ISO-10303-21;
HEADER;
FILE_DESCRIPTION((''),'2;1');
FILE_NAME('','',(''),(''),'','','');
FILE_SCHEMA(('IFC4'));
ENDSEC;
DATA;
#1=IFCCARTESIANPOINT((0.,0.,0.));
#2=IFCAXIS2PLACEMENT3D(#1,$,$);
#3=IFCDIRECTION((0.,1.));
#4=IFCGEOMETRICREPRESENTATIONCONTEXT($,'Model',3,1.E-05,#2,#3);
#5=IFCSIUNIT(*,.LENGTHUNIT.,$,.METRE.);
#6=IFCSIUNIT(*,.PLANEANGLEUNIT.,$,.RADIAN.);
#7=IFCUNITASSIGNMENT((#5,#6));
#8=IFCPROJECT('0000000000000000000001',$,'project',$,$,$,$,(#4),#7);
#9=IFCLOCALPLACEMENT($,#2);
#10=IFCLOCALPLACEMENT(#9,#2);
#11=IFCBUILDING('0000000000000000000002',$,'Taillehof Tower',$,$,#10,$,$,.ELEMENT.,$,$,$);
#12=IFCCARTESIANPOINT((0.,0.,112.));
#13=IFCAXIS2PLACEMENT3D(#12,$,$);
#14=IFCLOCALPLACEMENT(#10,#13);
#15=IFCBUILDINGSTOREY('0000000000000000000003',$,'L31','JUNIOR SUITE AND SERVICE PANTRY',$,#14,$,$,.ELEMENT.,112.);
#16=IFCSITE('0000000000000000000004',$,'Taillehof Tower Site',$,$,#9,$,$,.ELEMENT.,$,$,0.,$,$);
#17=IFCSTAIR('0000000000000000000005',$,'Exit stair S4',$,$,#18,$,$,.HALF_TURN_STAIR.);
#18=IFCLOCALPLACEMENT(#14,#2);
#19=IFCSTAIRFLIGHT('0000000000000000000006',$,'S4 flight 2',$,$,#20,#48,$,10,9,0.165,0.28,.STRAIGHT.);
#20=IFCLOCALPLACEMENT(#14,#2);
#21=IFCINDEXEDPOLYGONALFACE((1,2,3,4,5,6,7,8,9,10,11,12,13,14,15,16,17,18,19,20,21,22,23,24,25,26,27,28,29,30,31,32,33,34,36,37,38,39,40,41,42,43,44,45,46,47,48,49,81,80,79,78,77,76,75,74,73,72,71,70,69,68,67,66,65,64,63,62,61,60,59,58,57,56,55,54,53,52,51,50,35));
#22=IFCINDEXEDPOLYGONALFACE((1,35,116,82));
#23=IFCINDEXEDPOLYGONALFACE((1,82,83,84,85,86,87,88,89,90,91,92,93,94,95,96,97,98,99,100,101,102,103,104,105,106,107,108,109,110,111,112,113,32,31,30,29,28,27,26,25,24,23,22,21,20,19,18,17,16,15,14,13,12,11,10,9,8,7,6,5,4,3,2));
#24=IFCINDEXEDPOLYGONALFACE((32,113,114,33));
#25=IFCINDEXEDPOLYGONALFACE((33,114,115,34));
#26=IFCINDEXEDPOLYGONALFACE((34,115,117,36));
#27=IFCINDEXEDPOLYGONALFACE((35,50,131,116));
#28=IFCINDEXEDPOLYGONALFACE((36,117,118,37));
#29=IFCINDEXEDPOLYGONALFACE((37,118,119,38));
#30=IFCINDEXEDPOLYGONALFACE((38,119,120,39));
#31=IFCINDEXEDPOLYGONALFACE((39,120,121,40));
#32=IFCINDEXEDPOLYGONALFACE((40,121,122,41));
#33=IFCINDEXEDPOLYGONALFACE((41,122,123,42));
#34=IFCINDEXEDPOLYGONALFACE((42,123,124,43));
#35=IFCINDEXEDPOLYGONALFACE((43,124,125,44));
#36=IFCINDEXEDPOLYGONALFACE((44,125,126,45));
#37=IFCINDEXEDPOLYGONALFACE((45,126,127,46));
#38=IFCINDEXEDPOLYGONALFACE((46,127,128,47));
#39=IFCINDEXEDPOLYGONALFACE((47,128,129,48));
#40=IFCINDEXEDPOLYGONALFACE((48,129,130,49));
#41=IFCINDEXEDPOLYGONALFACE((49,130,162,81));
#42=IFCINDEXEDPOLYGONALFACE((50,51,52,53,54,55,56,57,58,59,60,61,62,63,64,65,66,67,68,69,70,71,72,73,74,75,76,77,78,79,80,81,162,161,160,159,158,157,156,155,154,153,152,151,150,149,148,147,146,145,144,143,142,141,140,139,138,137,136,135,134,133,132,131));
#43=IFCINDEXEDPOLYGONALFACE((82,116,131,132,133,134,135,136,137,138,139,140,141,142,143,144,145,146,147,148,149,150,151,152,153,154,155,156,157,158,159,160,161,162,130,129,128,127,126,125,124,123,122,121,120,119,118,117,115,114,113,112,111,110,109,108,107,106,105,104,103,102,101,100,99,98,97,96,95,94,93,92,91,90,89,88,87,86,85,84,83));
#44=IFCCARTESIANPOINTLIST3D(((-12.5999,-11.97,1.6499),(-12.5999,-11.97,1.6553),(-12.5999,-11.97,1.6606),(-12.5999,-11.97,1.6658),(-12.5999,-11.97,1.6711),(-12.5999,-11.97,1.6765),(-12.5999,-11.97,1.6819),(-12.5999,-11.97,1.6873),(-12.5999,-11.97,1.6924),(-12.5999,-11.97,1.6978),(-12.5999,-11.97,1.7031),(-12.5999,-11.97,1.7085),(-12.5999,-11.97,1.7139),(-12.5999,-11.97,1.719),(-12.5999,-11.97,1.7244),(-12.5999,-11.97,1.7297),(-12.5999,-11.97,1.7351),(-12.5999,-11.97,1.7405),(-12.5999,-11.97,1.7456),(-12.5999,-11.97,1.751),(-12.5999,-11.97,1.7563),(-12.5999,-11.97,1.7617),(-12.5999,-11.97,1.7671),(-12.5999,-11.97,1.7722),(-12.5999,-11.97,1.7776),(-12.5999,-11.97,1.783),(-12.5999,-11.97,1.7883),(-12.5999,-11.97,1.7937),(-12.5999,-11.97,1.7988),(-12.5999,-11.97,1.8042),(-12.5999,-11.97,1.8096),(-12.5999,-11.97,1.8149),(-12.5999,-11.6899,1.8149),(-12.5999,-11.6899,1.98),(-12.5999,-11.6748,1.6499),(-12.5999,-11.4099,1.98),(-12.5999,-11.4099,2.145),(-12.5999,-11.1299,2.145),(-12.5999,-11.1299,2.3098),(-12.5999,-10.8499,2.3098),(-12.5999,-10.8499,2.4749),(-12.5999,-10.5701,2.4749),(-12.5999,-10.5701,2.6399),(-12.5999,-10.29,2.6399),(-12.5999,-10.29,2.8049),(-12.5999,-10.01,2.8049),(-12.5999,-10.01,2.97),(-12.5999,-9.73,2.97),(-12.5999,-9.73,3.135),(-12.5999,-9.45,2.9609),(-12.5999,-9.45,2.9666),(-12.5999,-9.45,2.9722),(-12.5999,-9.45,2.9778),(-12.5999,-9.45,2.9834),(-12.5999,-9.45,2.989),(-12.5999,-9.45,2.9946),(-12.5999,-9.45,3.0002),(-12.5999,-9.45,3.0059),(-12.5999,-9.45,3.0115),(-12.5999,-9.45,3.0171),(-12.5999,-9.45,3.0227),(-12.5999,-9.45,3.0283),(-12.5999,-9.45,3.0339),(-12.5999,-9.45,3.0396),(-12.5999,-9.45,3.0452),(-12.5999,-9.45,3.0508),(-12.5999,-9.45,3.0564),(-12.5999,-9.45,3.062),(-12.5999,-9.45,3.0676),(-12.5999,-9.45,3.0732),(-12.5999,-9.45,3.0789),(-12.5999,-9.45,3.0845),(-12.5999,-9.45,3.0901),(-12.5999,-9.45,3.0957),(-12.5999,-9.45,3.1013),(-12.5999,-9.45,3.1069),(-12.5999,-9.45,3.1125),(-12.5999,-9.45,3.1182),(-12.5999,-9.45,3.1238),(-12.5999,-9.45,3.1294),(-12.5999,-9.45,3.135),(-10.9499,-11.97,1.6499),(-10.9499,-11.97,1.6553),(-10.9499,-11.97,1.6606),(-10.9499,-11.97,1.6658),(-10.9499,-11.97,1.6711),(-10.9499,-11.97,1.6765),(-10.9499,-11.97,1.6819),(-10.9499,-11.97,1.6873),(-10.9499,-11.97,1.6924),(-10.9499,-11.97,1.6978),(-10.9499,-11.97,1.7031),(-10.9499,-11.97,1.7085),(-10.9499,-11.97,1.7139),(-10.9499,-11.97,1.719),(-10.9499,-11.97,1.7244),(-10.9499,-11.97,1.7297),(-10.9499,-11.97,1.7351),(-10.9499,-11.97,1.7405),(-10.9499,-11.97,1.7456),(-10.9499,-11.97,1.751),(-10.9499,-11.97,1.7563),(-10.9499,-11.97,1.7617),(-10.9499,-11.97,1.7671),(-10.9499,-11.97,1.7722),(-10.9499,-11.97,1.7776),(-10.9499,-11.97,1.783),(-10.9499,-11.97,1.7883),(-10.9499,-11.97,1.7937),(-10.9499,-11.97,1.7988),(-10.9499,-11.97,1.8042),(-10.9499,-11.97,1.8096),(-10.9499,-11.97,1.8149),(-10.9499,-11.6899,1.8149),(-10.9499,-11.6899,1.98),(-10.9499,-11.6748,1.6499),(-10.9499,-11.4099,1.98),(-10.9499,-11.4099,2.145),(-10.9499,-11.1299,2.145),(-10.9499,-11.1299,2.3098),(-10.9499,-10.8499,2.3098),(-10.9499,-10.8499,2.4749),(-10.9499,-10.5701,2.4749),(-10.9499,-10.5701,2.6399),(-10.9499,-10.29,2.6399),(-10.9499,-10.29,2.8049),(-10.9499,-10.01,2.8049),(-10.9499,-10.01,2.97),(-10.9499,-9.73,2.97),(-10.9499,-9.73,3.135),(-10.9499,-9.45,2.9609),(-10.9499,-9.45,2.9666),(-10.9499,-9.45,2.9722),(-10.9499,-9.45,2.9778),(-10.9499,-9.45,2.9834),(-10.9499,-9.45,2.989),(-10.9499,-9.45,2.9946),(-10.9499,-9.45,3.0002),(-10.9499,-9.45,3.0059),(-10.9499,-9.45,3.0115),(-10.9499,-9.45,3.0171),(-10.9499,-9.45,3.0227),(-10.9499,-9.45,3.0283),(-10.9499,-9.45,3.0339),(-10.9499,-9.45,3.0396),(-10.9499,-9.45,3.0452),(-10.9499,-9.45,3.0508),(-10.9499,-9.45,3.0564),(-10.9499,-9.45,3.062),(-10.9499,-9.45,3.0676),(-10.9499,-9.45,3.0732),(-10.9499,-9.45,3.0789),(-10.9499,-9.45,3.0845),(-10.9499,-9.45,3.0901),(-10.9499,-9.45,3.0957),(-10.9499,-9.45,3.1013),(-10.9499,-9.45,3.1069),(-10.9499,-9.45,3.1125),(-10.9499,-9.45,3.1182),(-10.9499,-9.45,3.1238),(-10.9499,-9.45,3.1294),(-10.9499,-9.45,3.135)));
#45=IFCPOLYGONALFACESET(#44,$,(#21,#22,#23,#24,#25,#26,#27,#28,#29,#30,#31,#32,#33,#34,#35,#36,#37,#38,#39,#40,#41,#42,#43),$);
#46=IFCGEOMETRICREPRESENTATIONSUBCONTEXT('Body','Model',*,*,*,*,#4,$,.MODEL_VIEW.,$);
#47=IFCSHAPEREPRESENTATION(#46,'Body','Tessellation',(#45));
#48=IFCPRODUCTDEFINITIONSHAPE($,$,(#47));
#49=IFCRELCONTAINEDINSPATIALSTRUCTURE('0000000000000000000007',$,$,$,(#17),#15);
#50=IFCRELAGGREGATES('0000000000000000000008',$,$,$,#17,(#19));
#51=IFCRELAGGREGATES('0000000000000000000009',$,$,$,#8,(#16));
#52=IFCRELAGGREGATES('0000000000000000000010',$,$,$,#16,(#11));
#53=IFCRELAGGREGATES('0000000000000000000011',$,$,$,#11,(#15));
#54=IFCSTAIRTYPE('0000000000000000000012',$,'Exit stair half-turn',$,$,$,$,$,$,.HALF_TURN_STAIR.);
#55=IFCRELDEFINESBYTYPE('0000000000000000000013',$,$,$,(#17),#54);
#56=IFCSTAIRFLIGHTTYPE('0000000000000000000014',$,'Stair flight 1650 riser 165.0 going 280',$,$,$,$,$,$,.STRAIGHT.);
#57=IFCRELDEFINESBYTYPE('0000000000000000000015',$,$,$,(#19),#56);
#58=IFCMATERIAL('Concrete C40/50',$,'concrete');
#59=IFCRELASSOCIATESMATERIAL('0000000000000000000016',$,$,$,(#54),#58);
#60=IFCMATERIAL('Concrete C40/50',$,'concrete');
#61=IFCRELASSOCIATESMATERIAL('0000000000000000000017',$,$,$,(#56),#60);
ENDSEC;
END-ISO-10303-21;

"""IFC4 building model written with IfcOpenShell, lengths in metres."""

from ifc_helpers import new_model, si_unit, direction, frame, origin, place, context, subcontext, project, spatial, polyline, outline, extrude, material, type_object, element, aggregate, save


model = new_model("IFC4")

# Units and contexts
model_context = context("Model", 3, precision=1e-05, world=origin(), true_north=direction((0.0, 1.0)))
body_context = subcontext(model_context, "Body", "Model", "MODEL_VIEW")
ifc_project = project(units=[si_unit("LENGTHUNIT", "METRE"), si_unit("PLANEANGLEUNIT", "RADIAN")], contexts=[model_context])

# Site, building, storey
site_placement = place(None, origin())
site = spatial("IfcSite", under=ifc_project, at=site_placement, Name="Taillehof Tower Site", CompositionType="ELEMENT", RefElevation=0.0)
building_placement = place(site_placement, origin())
building = spatial("IfcBuilding", under=site, at=building_placement, Name="Taillehof Tower", CompositionType="ELEMENT")
storey_placement = place(building_placement, frame((0.0, 0.0, 112.0)))
storey = spatial("IfcBuildingStorey", under=building, at=storey_placement, Name="L31", Description="JUNIOR SUITE AND SERVICE PANTRY", CompositionType="ELEMENT", Elevation=112.0)

# Stair, stair flight
ifc_material_1 = material(Name="Concrete C40/50", Category="concrete")
stair_type = type_object("IfcStairType", Name="Exit stair half-turn", PredefinedType="HALF_TURN_STAIR", material=ifc_material_1)
stair_placement = place(storey_placement, origin())
stair = element("IfcStair", 1, at=stair_placement, inside=storey, type_object=stair_type, Name="Exit stair S4", PredefinedType="HALF_TURN_STAIR")
ifc_material_2 = material(Name="Concrete C40/50", Category="concrete")
stair_flight_type = type_object("IfcStairFlightType", Name="Stair flight 1650 riser 165.0 going 280", PredefinedType="STRAIGHT", material=ifc_material_2)
stair_flight_placement = place(storey_placement, frame((-11.7749, -11.97, 1.6499), z_axis=(0.0, 0.0, 1.0), x_axis=(0.0, 1.0, 0.0)))
stair_flight = element("IfcStairFlight", 2, at=stair_flight_placement, type_object=stair_flight_type, Name="S4 flight 2", NumberOfRisers=10, NumberOfTreads=9, PredefinedType="STRAIGHT", RiserHeight=0.165, TreadLength=0.28, context=body_context, shape_type="SweptSolid", body=[
    extrude(outline(polyline([(0.0, 0.0), (0.0, 0.0054), (0.0, 0.0107), (0.0, 0.0159), (0.0, 0.0212), (0.0, 0.0266), (0.0, 0.032), (0.0, 0.0374), (0.0, 0.0425), (0.0, 0.0479), (0.0, 0.0532), (0.0, 0.0586), (0.0, 0.064), (0.0, 0.0691), (0.0, 0.0745), (0.0, 0.0798), (0.0, 0.0852), (0.0, 0.0906), (0.0, 0.0957), (0.0, 0.1011), (0.0, 0.1064), (0.0, 0.1118), (0.0, 0.1172), (0.0, 0.1223), (0.0, 0.1277), (0.0, 0.1331), (0.0, 0.1384), (0.0, 0.1438), (0.0, 0.1489), (0.0, 0.1543), (0.0, 0.1597), (0.0, 0.165), (0.28, 0.165), (0.28, 0.3301), (0.5601, 0.3301), (0.5601, 0.4951), (0.8401, 0.4951), (0.8401, 0.6599), (1.1201, 0.6599), (1.1201, 0.825), (1.3999, 0.825), (1.3999, 0.99), (1.6799, 0.99), (1.6799, 1.155), (1.96, 1.155), (1.96, 1.3201), (2.24, 1.3201), (2.24, 1.4851), (2.52, 1.4851), (2.52, 1.4795), (2.52, 1.4739), (2.52, 1.4683), (2.52, 1.4626), (2.52, 1.457), (2.52, 1.4514), (2.52, 1.4458), (2.52, 1.4402), (2.52, 1.4346), (2.52, 1.429), (2.52, 1.4233), (2.52, 1.4177), (2.52, 1.4121), (2.52, 1.4065), (2.52, 1.4009), (2.52, 1.3953), (2.52, 1.3896), (2.52, 1.384), (2.52, 1.3784), (2.52, 1.3728), (2.52, 1.3672), (2.52, 1.3616), (2.52, 1.356), (2.52, 1.3503), (2.52, 1.3447), (2.52, 1.3391), (2.52, 1.3335), (2.52, 1.3279), (2.52, 1.3223), (2.52, 1.3167), (2.52, 1.311), (0.2952, 0.0), (0.0, 0.0)])), frame((0.0, 0.825, 0.0), z_axis=(0.0, -1.0, 0.0), x_axis=(1.0, 0.0, 0.0)), (0.0, 0.0, 1.0), 1.65),
])
aggregate(stair, [stair_flight])

save(model, "model.ifc")
